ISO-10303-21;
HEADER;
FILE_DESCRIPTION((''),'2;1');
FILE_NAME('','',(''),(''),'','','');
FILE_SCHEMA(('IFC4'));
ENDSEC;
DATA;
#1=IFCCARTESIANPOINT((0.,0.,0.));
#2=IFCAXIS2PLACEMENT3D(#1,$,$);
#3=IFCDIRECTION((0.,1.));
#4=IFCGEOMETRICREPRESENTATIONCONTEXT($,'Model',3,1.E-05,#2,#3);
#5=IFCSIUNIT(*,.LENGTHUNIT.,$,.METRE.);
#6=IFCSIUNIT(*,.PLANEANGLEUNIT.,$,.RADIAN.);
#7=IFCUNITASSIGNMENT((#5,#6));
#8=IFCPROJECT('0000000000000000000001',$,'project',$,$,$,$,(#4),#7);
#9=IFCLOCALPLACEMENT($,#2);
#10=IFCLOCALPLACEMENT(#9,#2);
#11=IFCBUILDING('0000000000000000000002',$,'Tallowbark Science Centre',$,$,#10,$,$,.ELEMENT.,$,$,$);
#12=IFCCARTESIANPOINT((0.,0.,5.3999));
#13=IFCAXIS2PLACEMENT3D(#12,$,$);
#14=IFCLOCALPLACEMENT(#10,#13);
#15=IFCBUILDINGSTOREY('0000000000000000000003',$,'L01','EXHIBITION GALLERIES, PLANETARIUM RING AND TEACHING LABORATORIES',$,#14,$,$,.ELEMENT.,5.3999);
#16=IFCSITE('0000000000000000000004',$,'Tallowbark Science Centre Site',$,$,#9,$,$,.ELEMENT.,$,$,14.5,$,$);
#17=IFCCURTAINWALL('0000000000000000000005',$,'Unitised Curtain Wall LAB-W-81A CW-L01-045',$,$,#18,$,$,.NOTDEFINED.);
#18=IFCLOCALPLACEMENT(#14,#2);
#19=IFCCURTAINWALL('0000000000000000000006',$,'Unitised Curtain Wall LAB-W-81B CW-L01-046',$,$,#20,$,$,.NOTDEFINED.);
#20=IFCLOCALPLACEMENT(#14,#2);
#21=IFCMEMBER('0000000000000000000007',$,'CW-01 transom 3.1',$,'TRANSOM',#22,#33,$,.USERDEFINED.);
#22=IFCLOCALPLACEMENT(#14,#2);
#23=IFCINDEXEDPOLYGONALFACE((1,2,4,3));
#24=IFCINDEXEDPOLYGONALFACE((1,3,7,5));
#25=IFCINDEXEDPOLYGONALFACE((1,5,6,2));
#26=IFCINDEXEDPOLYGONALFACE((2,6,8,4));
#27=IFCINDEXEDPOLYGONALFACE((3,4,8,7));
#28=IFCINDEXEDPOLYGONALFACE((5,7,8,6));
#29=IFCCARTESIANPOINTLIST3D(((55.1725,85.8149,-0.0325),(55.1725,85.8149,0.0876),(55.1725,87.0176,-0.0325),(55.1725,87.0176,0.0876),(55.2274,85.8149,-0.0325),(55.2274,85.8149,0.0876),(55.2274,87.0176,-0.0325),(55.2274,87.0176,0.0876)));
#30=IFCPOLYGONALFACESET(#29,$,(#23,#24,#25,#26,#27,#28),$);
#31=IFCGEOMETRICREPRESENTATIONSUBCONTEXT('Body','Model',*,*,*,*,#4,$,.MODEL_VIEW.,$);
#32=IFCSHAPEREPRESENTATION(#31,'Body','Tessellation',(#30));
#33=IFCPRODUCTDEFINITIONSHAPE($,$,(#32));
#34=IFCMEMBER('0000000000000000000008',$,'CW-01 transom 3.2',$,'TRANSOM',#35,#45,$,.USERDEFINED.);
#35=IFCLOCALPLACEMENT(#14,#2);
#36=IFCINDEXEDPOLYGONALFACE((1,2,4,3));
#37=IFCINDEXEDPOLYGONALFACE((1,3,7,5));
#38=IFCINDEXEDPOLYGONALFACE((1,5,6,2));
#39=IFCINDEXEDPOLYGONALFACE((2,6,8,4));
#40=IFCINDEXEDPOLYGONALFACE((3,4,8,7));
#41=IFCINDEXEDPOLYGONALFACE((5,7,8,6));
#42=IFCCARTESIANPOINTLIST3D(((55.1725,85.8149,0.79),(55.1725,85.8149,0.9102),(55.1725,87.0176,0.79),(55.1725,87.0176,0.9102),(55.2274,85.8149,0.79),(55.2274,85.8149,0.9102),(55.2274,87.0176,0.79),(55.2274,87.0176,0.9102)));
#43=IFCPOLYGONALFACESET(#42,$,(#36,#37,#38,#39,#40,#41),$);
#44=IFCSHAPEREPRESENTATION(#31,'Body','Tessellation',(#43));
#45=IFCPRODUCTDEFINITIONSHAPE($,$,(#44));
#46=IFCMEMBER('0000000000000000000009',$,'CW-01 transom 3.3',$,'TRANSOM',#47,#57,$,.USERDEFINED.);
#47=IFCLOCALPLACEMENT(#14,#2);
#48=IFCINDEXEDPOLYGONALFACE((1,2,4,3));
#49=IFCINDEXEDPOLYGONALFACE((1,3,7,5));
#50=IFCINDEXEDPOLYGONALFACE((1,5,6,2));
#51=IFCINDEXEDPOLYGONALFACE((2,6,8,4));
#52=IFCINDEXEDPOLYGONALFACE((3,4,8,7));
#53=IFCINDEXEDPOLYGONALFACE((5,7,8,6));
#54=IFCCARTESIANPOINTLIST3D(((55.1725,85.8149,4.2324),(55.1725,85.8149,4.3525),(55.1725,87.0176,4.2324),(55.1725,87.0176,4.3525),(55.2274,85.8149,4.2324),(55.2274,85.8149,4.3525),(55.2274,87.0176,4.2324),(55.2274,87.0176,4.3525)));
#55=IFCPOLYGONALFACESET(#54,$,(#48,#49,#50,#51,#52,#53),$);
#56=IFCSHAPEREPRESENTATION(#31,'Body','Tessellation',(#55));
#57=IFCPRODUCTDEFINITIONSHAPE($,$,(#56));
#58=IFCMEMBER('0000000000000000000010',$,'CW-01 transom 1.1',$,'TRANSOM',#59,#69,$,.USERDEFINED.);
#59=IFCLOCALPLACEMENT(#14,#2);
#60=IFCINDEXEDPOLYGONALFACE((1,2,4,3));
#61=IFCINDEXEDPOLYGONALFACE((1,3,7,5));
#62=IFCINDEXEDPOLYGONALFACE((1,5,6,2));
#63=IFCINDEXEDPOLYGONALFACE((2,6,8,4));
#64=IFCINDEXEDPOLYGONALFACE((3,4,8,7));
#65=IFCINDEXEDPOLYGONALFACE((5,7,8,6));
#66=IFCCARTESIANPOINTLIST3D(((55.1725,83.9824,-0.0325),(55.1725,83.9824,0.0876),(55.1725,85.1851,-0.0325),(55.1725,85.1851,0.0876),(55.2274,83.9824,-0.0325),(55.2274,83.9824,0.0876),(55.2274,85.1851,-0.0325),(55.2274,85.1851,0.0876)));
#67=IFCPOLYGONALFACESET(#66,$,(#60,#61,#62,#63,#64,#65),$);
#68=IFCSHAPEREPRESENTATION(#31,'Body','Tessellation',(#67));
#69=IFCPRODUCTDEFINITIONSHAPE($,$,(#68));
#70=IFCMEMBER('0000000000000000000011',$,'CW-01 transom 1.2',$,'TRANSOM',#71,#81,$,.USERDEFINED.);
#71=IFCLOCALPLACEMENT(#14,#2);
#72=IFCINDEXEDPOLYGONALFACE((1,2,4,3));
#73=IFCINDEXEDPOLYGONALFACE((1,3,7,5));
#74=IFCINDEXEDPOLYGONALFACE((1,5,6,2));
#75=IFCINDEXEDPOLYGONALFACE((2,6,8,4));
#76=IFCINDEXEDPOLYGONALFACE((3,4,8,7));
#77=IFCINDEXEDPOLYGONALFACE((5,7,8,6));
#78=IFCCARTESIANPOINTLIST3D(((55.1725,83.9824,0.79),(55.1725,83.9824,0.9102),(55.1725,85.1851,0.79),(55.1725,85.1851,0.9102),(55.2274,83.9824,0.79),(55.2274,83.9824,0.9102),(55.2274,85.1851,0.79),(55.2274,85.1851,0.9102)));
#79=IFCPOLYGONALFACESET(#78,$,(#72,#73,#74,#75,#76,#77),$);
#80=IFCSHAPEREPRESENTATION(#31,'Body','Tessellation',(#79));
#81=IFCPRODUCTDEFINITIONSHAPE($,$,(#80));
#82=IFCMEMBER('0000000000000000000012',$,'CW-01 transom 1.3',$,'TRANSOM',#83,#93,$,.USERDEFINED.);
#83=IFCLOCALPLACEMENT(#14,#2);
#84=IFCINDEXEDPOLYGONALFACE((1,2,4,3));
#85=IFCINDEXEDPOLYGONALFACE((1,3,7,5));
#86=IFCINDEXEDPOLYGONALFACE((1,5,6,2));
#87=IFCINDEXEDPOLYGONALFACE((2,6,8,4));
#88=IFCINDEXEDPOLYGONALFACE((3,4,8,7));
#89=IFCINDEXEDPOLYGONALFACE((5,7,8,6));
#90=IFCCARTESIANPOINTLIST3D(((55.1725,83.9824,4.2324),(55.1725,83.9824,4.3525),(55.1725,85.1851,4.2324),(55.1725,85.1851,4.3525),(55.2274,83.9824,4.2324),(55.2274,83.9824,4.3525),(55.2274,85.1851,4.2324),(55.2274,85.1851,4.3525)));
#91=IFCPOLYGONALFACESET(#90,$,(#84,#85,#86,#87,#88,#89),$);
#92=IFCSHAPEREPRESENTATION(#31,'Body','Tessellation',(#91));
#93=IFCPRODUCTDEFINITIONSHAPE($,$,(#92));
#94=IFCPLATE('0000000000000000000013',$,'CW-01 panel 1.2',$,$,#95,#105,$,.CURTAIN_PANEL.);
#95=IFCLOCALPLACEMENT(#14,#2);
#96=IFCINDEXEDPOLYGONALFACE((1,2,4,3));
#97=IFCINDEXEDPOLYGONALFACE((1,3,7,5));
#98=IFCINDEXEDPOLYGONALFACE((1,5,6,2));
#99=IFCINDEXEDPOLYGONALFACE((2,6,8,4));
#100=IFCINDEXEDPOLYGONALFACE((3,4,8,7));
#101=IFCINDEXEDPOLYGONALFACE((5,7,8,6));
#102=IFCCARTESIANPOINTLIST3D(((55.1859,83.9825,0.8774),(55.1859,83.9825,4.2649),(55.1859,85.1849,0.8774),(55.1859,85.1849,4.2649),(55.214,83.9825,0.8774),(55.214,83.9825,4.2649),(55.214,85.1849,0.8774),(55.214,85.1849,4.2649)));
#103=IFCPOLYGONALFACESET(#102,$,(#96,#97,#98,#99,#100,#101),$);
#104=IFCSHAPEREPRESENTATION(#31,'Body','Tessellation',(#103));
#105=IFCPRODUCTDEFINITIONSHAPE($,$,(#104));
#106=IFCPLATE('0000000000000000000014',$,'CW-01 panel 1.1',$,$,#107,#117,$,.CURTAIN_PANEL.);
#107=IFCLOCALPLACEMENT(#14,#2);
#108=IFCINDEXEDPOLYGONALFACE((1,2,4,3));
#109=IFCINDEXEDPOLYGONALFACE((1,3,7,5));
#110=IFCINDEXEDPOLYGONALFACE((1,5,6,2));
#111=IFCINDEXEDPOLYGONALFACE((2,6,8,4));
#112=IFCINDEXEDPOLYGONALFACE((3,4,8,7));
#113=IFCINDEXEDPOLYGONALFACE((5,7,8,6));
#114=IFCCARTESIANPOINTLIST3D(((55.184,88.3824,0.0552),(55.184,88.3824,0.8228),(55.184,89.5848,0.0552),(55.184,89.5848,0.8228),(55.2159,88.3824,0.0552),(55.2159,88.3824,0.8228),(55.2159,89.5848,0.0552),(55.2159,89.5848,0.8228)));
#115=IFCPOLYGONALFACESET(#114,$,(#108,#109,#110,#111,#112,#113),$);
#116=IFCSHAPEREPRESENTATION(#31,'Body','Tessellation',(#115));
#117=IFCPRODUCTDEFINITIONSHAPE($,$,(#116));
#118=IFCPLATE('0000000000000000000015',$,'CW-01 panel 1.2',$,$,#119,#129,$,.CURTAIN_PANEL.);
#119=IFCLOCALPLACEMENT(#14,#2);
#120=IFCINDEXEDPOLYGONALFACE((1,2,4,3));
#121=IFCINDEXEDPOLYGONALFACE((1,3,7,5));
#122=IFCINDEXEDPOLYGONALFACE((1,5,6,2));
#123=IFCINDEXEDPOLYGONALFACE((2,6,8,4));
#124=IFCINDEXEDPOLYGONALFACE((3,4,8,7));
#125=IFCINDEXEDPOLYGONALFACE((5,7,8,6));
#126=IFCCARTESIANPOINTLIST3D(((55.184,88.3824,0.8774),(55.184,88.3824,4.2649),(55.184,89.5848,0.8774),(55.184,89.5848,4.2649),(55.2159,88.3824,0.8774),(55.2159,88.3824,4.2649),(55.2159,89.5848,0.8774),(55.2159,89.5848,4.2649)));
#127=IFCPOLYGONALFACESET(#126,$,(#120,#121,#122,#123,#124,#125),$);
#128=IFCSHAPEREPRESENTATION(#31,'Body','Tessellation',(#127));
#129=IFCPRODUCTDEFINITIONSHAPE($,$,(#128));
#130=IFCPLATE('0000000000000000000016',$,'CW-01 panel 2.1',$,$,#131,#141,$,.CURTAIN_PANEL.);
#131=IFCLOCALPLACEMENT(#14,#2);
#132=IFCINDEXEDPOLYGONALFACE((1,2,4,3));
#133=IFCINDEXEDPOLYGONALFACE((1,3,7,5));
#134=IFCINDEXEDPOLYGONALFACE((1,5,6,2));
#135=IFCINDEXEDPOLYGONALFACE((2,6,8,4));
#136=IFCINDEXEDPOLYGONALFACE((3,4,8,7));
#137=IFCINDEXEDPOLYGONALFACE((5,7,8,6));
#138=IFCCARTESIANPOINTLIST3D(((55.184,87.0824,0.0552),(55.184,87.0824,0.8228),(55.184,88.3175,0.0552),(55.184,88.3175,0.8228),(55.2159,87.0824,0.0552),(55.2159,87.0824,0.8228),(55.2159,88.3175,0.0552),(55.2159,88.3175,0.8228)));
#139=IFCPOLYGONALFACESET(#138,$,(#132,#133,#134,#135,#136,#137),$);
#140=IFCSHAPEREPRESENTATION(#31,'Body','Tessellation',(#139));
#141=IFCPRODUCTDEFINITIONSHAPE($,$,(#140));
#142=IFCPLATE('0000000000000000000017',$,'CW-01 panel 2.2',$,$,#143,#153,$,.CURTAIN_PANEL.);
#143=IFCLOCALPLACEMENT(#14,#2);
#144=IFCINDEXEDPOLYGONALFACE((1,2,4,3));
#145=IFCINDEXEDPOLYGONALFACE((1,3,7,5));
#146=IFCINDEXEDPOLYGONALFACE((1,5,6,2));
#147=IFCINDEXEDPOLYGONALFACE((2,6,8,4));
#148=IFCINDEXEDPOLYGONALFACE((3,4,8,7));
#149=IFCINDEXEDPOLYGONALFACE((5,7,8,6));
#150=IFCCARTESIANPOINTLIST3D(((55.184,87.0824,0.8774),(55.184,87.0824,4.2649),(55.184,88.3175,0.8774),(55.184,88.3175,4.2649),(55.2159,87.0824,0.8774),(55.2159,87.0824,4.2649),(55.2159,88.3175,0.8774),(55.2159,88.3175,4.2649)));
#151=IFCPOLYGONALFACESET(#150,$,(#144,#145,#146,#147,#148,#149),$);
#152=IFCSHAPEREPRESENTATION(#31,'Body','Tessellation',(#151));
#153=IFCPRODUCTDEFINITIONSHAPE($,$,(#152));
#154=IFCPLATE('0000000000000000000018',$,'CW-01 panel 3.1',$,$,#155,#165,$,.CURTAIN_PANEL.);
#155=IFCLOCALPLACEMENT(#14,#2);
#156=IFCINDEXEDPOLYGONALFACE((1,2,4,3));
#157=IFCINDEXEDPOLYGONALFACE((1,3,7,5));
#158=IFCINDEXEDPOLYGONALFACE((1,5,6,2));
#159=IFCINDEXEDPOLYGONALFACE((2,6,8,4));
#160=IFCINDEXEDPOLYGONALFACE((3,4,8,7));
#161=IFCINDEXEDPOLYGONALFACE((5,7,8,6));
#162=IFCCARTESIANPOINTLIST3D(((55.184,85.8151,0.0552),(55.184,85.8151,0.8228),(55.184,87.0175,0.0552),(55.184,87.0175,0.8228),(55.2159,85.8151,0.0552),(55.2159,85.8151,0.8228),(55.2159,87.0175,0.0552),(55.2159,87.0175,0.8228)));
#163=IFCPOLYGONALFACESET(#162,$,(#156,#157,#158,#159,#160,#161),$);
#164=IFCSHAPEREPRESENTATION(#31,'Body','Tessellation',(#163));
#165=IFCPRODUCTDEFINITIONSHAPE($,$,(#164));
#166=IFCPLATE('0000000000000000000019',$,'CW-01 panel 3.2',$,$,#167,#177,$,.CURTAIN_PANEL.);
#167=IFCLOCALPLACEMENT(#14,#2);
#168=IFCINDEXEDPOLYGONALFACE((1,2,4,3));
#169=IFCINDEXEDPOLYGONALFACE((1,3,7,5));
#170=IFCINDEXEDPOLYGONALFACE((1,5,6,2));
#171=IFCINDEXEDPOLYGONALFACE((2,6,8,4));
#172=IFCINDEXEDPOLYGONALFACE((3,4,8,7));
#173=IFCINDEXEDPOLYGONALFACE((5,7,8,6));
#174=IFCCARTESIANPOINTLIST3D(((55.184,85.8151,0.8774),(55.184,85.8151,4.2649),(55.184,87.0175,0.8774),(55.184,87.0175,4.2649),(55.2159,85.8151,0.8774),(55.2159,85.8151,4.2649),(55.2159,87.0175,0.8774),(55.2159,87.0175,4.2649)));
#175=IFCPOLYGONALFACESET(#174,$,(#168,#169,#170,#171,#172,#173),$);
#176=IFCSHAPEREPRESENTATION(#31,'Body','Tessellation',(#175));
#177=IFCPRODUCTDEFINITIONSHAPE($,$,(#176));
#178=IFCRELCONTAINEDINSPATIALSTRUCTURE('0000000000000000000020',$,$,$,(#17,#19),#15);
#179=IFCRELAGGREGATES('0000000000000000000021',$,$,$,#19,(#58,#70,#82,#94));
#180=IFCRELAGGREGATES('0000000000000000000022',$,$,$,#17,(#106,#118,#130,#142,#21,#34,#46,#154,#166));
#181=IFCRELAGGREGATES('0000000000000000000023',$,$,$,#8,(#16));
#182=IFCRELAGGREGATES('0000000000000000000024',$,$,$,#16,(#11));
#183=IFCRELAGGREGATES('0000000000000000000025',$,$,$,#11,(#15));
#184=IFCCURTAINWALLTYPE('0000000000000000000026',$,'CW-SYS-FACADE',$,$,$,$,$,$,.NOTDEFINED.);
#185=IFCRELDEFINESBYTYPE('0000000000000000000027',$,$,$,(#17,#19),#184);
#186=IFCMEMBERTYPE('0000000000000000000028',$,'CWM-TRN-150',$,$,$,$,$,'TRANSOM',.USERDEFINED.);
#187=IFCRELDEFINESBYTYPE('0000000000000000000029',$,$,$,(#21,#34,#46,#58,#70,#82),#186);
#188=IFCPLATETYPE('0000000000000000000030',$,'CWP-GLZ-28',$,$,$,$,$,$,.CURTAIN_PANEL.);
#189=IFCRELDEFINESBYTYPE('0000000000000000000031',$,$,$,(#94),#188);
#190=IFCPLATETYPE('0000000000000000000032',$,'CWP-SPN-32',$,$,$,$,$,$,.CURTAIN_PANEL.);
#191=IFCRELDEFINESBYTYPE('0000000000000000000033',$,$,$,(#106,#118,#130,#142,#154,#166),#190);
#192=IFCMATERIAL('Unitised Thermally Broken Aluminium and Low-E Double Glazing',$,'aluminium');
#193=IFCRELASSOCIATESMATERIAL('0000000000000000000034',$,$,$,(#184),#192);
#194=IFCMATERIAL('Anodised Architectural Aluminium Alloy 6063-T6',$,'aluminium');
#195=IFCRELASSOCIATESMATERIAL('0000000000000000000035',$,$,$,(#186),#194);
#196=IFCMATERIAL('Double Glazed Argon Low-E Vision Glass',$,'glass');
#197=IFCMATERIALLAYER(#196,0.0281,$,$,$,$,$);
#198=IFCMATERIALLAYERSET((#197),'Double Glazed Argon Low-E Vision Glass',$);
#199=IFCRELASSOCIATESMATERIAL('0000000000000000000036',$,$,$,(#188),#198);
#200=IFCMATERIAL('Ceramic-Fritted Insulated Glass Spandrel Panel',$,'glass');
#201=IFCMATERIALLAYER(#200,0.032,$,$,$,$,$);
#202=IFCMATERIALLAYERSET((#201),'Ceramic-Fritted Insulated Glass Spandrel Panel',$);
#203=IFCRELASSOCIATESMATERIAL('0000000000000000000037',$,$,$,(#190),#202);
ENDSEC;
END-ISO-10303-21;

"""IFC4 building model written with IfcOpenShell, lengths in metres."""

from ifc_helpers import new_model, si_unit, direction, frame, origin, origin_2d, place, context, subcontext, project, spatial, rectangle, extrude, material, layer, layer_set, material_profile, profile_set, type_object, element, aggregate, save


model = new_model("IFC4")

# Units and contexts
model_context = context("Model", 3, precision=1e-05, world=origin(), true_north=direction((0.0, 1.0)))
body_context = subcontext(model_context, "Body", "Model", "MODEL_VIEW")
ifc_project = project(units=[si_unit("LENGTHUNIT", "METRE"), si_unit("PLANEANGLEUNIT", "RADIAN")], contexts=[model_context])

# Site, building, storey
site_placement = place(None, origin())
site = spatial("IfcSite", under=ifc_project, at=site_placement, Name="Tallowbark Science Centre Site", CompositionType="ELEMENT", RefElevation=14.5)
building_placement = place(site_placement, origin())
building = spatial("IfcBuilding", under=site, at=building_placement, Name="Tallowbark Science Centre", CompositionType="ELEMENT")
storey_placement = place(building_placement, frame((0.0, 0.0, 5.3999)))
storey = spatial("IfcBuildingStorey", under=building, at=storey_placement, Name="L01", Description="EXHIBITION GALLERIES, PLANETARIUM RING AND TEACHING LABORATORIES", CompositionType="ELEMENT", Elevation=5.3999)

# Curtain wall
ifc_material_1 = material(Name="Unitised Thermally Broken Aluminium and Low-E Double Glazing", Category="aluminium")
curtain_wall_type = type_object("IfcCurtainWallType", Name="CW-SYS-FACADE", PredefinedType="NOTDEFINED", material=ifc_material_1)
curtain_wall_1_placement = place(storey_placement, origin())
curtain_wall_1 = element("IfcCurtainWall", 1, at=curtain_wall_1_placement, inside=storey, type_object=curtain_wall_type, Name="Unitised Curtain Wall LAB-W-81A CW-L01-045", PredefinedType="NOTDEFINED")
ifc_material_2 = material(Name="Anodised Architectural Aluminium Alloy 6063-T6", Category="aluminium")

# Curtain wall
curtain_wall_2_placement = place(storey_placement, origin())
curtain_wall_2 = element("IfcCurtainWall", 2, at=curtain_wall_2_placement, inside=storey, type_object=curtain_wall_type, Name="Unitised Curtain Wall LAB-W-81B CW-L01-046", PredefinedType="NOTDEFINED")

# Members
ifc_material_profile_1 = material_profile(ifc_material_2, rectangle(XDim=0.0549, YDim=0.1201, at=origin_2d()), Name="ALU55x120")
ifc_profile_set_1 = profile_set([ifc_material_profile_1], Name="Anodised Architectural Aluminium Alloy 6063-T6")
member_type_1 = type_object("IfcMemberType", Name="CWM-TRN-150", ElementType="TRANSOM", PredefinedType="USERDEFINED", material=ifc_profile_set_1)
member_1_placement = place(storey_placement, frame((55.2, 87.0176, 0.0276), z_axis=(0.0, -1.0, 0.0), x_axis=(1.0, 0.0, 0.0)))
member_1 = element("IfcMember", 3, at=member_1_placement, type_object=member_type_1, Name="CW-01 transom 3.1", ObjectType="TRANSOM", PredefinedType="USERDEFINED", context=body_context, shape_type="SweptSolid", body=[
    extrude(rectangle(XDim=0.0549, YDim=0.1201, at=origin_2d()), origin(), (0.0, 0.0, 1.0), 1.2026),
])
member_2_placement = place(storey_placement, frame((55.2, 87.0176, 0.8501), z_axis=(0.0, -1.0, 0.0), x_axis=(1.0, 0.0, 0.0)))
member_2 = element("IfcMember", 4, at=member_2_placement, type_object=member_type_1, Name="CW-01 transom 3.2", ObjectType="TRANSOM", PredefinedType="USERDEFINED", context=body_context, shape_type="SweptSolid", body=[
    extrude(rectangle(XDim=0.0549, YDim=0.1201, at=origin_2d()), origin(), (0.0, 0.0, 1.0), 1.2026),
])
member_3_placement = place(storey_placement, frame((55.2, 87.0176, 4.2925), z_axis=(0.0, -1.0, 0.0), x_axis=(1.0, 0.0, 0.0)))
member_3 = element("IfcMember", 5, at=member_3_placement, type_object=member_type_1, Name="CW-01 transom 3.3", ObjectType="TRANSOM", PredefinedType="USERDEFINED", context=body_context, shape_type="SweptSolid", body=[
    extrude(rectangle(XDim=0.0549, YDim=0.1201, at=origin_2d()), origin(), (0.0, 0.0, 1.0), 1.2026),
])
member_4_placement = place(storey_placement, frame((55.2, 85.1851, 0.0276), z_axis=(0.0, -1.0, 0.0), x_axis=(1.0, 0.0, 0.0)))
member_4 = element("IfcMember", 6, at=member_4_placement, type_object=member_type_1, Name="CW-01 transom 1.1", ObjectType="TRANSOM", PredefinedType="USERDEFINED", context=body_context, shape_type="SweptSolid", body=[
    extrude(rectangle(XDim=0.0549, YDim=0.1201, at=origin_2d()), origin(), (0.0, 0.0, 1.0), 1.2026),
])
member_5_placement = place(storey_placement, frame((55.2, 85.1851, 0.8501), z_axis=(0.0, -1.0, 0.0), x_axis=(1.0, 0.0, 0.0)))
member_5 = element("IfcMember", 7, at=member_5_placement, type_object=member_type_1, Name="CW-01 transom 1.2", ObjectType="TRANSOM", PredefinedType="USERDEFINED", context=body_context, shape_type="SweptSolid", body=[
    extrude(rectangle(XDim=0.0549, YDim=0.1201, at=origin_2d()), origin(), (0.0, 0.0, 1.0), 1.2026),
])
member_6_placement = place(storey_placement, frame((55.2, 85.1851, 4.2925), z_axis=(0.0, -1.0, 0.0), x_axis=(1.0, 0.0, 0.0)))
member_6 = element("IfcMember", 8, at=member_6_placement, type_object=member_type_1, Name="CW-01 transom 1.3", ObjectType="TRANSOM", PredefinedType="USERDEFINED", context=body_context, shape_type="SweptSolid", body=[
    extrude(rectangle(XDim=0.0549, YDim=0.1201, at=origin_2d()), origin(), (0.0, 0.0, 1.0), 1.2026),
])

# Plates
ifc_material_3 = material(Name="Double Glazed Argon Low-E Vision Glass", Category="glass")
ifc_layer_1 = layer(ifc_material_3, 0.0281)
ifc_layer_set_1 = layer_set([ifc_layer_1], Name="Double Glazed Argon Low-E Vision Glass")
plate_type_1 = type_object("IfcPlateType", Name="CWP-GLZ-28", PredefinedType="CURTAIN_PANEL", material=ifc_layer_set_1)
plate_1_placement = place(storey_placement, frame((55.2, 84.5837, 0.8774), z_axis=(0.0, 0.0, 1.0), x_axis=(0.0, -1.0, 0.0)))
plate_1 = element("IfcPlate", 9, at=plate_1_placement, type_object=plate_type_1, Name="CW-01 panel 1.2", PredefinedType="CURTAIN_PANEL", context=body_context, shape_type="SweptSolid", body=[
    extrude(rectangle(XDim=1.2024, YDim=0.0281, at=origin_2d()), origin(), (0.0, 0.0, 1.0), 3.3875),
])
aggregate(curtain_wall_2, [member_4, member_5, member_6, plate_1])
ifc_material_4 = material(Name="Ceramic-Fritted Insulated Glass Spandrel Panel", Category="glass")
ifc_layer_2 = layer(ifc_material_4, 0.032)
ifc_layer_set_2 = layer_set([ifc_layer_2], Name="Ceramic-Fritted Insulated Glass Spandrel Panel")
plate_type_2 = type_object("IfcPlateType", Name="CWP-SPN-32", PredefinedType="CURTAIN_PANEL", material=ifc_layer_set_2)
plate_2_placement = place(storey_placement, frame((55.2, 88.9836, 0.0552), z_axis=(0.0, 0.0, 1.0), x_axis=(0.0, -1.0, 0.0)))
plate_2 = element("IfcPlate", 10, at=plate_2_placement, type_object=plate_type_2, Name="CW-01 panel 1.1", PredefinedType="CURTAIN_PANEL", context=body_context, shape_type="SweptSolid", body=[
    extrude(rectangle(XDim=1.2024, YDim=0.032, at=origin_2d()), origin(), (0.0, 0.0, 1.0), 0.7676),
])
plate_3_placement = place(storey_placement, frame((55.2, 88.9836, 0.8774), z_axis=(0.0, 0.0, 1.0), x_axis=(0.0, -1.0, 0.0)))
plate_3 = element("IfcPlate", 11, at=plate_3_placement, type_object=plate_type_2, Name="CW-01 panel 1.2", PredefinedType="CURTAIN_PANEL", context=body_context, shape_type="SweptSolid", body=[
    extrude(rectangle(XDim=1.2024, YDim=0.032, at=origin_2d()), origin(), (0.0, 0.0, 1.0), 3.3875),
])
plate_4_placement = place(storey_placement, frame((55.2, 87.7, 0.0552), z_axis=(0.0, 0.0, 1.0), x_axis=(0.0, -1.0, 0.0)))
plate_4 = element("IfcPlate", 12, at=plate_4_placement, type_object=plate_type_2, Name="CW-01 panel 2.1", PredefinedType="CURTAIN_PANEL", context=body_context, shape_type="SweptSolid", body=[
    extrude(rectangle(XDim=1.2351, YDim=0.032, at=origin_2d()), origin(), (0.0, 0.0, 1.0), 0.7676),
])
plate_5_placement = place(storey_placement, frame((55.2, 87.7, 0.8774), z_axis=(0.0, 0.0, 1.0), x_axis=(0.0, -1.0, 0.0)))
plate_5 = element("IfcPlate", 13, at=plate_5_placement, type_object=plate_type_2, Name="CW-01 panel 2.2", PredefinedType="CURTAIN_PANEL", context=body_context, shape_type="SweptSolid", body=[
    extrude(rectangle(XDim=1.2351, YDim=0.032, at=origin_2d()), origin(), (0.0, 0.0, 1.0), 3.3875),
])
plate_6_placement = place(storey_placement, frame((55.2, 86.4163, 0.0552), z_axis=(0.0, 0.0, 1.0), x_axis=(0.0, -1.0, 0.0)))
plate_6 = element("IfcPlate", 14, at=plate_6_placement, type_object=plate_type_2, Name="CW-01 panel 3.1", PredefinedType="CURTAIN_PANEL", context=body_context, shape_type="SweptSolid", body=[
    extrude(rectangle(XDim=1.2024, YDim=0.032, at=origin_2d()), origin(), (0.0, 0.0, 1.0), 0.7676),
])
plate_7_placement = place(storey_placement, frame((55.2, 86.4163, 0.8774), z_axis=(0.0, 0.0, 1.0), x_axis=(0.0, -1.0, 0.0)))
plate_7 = element("IfcPlate", 15, at=plate_7_placement, type_object=plate_type_2, Name="CW-01 panel 3.2", PredefinedType="CURTAIN_PANEL", context=body_context, shape_type="SweptSolid", body=[
    extrude(rectangle(XDim=1.2024, YDim=0.032, at=origin_2d()), origin(), (0.0, 0.0, 1.0), 3.3875),
])
aggregate(curtain_wall_1, [plate_2, plate_3, plate_4, plate_5, member_1, member_2, member_3, plate_6, plate_7])

save(model, "model.ifc")
